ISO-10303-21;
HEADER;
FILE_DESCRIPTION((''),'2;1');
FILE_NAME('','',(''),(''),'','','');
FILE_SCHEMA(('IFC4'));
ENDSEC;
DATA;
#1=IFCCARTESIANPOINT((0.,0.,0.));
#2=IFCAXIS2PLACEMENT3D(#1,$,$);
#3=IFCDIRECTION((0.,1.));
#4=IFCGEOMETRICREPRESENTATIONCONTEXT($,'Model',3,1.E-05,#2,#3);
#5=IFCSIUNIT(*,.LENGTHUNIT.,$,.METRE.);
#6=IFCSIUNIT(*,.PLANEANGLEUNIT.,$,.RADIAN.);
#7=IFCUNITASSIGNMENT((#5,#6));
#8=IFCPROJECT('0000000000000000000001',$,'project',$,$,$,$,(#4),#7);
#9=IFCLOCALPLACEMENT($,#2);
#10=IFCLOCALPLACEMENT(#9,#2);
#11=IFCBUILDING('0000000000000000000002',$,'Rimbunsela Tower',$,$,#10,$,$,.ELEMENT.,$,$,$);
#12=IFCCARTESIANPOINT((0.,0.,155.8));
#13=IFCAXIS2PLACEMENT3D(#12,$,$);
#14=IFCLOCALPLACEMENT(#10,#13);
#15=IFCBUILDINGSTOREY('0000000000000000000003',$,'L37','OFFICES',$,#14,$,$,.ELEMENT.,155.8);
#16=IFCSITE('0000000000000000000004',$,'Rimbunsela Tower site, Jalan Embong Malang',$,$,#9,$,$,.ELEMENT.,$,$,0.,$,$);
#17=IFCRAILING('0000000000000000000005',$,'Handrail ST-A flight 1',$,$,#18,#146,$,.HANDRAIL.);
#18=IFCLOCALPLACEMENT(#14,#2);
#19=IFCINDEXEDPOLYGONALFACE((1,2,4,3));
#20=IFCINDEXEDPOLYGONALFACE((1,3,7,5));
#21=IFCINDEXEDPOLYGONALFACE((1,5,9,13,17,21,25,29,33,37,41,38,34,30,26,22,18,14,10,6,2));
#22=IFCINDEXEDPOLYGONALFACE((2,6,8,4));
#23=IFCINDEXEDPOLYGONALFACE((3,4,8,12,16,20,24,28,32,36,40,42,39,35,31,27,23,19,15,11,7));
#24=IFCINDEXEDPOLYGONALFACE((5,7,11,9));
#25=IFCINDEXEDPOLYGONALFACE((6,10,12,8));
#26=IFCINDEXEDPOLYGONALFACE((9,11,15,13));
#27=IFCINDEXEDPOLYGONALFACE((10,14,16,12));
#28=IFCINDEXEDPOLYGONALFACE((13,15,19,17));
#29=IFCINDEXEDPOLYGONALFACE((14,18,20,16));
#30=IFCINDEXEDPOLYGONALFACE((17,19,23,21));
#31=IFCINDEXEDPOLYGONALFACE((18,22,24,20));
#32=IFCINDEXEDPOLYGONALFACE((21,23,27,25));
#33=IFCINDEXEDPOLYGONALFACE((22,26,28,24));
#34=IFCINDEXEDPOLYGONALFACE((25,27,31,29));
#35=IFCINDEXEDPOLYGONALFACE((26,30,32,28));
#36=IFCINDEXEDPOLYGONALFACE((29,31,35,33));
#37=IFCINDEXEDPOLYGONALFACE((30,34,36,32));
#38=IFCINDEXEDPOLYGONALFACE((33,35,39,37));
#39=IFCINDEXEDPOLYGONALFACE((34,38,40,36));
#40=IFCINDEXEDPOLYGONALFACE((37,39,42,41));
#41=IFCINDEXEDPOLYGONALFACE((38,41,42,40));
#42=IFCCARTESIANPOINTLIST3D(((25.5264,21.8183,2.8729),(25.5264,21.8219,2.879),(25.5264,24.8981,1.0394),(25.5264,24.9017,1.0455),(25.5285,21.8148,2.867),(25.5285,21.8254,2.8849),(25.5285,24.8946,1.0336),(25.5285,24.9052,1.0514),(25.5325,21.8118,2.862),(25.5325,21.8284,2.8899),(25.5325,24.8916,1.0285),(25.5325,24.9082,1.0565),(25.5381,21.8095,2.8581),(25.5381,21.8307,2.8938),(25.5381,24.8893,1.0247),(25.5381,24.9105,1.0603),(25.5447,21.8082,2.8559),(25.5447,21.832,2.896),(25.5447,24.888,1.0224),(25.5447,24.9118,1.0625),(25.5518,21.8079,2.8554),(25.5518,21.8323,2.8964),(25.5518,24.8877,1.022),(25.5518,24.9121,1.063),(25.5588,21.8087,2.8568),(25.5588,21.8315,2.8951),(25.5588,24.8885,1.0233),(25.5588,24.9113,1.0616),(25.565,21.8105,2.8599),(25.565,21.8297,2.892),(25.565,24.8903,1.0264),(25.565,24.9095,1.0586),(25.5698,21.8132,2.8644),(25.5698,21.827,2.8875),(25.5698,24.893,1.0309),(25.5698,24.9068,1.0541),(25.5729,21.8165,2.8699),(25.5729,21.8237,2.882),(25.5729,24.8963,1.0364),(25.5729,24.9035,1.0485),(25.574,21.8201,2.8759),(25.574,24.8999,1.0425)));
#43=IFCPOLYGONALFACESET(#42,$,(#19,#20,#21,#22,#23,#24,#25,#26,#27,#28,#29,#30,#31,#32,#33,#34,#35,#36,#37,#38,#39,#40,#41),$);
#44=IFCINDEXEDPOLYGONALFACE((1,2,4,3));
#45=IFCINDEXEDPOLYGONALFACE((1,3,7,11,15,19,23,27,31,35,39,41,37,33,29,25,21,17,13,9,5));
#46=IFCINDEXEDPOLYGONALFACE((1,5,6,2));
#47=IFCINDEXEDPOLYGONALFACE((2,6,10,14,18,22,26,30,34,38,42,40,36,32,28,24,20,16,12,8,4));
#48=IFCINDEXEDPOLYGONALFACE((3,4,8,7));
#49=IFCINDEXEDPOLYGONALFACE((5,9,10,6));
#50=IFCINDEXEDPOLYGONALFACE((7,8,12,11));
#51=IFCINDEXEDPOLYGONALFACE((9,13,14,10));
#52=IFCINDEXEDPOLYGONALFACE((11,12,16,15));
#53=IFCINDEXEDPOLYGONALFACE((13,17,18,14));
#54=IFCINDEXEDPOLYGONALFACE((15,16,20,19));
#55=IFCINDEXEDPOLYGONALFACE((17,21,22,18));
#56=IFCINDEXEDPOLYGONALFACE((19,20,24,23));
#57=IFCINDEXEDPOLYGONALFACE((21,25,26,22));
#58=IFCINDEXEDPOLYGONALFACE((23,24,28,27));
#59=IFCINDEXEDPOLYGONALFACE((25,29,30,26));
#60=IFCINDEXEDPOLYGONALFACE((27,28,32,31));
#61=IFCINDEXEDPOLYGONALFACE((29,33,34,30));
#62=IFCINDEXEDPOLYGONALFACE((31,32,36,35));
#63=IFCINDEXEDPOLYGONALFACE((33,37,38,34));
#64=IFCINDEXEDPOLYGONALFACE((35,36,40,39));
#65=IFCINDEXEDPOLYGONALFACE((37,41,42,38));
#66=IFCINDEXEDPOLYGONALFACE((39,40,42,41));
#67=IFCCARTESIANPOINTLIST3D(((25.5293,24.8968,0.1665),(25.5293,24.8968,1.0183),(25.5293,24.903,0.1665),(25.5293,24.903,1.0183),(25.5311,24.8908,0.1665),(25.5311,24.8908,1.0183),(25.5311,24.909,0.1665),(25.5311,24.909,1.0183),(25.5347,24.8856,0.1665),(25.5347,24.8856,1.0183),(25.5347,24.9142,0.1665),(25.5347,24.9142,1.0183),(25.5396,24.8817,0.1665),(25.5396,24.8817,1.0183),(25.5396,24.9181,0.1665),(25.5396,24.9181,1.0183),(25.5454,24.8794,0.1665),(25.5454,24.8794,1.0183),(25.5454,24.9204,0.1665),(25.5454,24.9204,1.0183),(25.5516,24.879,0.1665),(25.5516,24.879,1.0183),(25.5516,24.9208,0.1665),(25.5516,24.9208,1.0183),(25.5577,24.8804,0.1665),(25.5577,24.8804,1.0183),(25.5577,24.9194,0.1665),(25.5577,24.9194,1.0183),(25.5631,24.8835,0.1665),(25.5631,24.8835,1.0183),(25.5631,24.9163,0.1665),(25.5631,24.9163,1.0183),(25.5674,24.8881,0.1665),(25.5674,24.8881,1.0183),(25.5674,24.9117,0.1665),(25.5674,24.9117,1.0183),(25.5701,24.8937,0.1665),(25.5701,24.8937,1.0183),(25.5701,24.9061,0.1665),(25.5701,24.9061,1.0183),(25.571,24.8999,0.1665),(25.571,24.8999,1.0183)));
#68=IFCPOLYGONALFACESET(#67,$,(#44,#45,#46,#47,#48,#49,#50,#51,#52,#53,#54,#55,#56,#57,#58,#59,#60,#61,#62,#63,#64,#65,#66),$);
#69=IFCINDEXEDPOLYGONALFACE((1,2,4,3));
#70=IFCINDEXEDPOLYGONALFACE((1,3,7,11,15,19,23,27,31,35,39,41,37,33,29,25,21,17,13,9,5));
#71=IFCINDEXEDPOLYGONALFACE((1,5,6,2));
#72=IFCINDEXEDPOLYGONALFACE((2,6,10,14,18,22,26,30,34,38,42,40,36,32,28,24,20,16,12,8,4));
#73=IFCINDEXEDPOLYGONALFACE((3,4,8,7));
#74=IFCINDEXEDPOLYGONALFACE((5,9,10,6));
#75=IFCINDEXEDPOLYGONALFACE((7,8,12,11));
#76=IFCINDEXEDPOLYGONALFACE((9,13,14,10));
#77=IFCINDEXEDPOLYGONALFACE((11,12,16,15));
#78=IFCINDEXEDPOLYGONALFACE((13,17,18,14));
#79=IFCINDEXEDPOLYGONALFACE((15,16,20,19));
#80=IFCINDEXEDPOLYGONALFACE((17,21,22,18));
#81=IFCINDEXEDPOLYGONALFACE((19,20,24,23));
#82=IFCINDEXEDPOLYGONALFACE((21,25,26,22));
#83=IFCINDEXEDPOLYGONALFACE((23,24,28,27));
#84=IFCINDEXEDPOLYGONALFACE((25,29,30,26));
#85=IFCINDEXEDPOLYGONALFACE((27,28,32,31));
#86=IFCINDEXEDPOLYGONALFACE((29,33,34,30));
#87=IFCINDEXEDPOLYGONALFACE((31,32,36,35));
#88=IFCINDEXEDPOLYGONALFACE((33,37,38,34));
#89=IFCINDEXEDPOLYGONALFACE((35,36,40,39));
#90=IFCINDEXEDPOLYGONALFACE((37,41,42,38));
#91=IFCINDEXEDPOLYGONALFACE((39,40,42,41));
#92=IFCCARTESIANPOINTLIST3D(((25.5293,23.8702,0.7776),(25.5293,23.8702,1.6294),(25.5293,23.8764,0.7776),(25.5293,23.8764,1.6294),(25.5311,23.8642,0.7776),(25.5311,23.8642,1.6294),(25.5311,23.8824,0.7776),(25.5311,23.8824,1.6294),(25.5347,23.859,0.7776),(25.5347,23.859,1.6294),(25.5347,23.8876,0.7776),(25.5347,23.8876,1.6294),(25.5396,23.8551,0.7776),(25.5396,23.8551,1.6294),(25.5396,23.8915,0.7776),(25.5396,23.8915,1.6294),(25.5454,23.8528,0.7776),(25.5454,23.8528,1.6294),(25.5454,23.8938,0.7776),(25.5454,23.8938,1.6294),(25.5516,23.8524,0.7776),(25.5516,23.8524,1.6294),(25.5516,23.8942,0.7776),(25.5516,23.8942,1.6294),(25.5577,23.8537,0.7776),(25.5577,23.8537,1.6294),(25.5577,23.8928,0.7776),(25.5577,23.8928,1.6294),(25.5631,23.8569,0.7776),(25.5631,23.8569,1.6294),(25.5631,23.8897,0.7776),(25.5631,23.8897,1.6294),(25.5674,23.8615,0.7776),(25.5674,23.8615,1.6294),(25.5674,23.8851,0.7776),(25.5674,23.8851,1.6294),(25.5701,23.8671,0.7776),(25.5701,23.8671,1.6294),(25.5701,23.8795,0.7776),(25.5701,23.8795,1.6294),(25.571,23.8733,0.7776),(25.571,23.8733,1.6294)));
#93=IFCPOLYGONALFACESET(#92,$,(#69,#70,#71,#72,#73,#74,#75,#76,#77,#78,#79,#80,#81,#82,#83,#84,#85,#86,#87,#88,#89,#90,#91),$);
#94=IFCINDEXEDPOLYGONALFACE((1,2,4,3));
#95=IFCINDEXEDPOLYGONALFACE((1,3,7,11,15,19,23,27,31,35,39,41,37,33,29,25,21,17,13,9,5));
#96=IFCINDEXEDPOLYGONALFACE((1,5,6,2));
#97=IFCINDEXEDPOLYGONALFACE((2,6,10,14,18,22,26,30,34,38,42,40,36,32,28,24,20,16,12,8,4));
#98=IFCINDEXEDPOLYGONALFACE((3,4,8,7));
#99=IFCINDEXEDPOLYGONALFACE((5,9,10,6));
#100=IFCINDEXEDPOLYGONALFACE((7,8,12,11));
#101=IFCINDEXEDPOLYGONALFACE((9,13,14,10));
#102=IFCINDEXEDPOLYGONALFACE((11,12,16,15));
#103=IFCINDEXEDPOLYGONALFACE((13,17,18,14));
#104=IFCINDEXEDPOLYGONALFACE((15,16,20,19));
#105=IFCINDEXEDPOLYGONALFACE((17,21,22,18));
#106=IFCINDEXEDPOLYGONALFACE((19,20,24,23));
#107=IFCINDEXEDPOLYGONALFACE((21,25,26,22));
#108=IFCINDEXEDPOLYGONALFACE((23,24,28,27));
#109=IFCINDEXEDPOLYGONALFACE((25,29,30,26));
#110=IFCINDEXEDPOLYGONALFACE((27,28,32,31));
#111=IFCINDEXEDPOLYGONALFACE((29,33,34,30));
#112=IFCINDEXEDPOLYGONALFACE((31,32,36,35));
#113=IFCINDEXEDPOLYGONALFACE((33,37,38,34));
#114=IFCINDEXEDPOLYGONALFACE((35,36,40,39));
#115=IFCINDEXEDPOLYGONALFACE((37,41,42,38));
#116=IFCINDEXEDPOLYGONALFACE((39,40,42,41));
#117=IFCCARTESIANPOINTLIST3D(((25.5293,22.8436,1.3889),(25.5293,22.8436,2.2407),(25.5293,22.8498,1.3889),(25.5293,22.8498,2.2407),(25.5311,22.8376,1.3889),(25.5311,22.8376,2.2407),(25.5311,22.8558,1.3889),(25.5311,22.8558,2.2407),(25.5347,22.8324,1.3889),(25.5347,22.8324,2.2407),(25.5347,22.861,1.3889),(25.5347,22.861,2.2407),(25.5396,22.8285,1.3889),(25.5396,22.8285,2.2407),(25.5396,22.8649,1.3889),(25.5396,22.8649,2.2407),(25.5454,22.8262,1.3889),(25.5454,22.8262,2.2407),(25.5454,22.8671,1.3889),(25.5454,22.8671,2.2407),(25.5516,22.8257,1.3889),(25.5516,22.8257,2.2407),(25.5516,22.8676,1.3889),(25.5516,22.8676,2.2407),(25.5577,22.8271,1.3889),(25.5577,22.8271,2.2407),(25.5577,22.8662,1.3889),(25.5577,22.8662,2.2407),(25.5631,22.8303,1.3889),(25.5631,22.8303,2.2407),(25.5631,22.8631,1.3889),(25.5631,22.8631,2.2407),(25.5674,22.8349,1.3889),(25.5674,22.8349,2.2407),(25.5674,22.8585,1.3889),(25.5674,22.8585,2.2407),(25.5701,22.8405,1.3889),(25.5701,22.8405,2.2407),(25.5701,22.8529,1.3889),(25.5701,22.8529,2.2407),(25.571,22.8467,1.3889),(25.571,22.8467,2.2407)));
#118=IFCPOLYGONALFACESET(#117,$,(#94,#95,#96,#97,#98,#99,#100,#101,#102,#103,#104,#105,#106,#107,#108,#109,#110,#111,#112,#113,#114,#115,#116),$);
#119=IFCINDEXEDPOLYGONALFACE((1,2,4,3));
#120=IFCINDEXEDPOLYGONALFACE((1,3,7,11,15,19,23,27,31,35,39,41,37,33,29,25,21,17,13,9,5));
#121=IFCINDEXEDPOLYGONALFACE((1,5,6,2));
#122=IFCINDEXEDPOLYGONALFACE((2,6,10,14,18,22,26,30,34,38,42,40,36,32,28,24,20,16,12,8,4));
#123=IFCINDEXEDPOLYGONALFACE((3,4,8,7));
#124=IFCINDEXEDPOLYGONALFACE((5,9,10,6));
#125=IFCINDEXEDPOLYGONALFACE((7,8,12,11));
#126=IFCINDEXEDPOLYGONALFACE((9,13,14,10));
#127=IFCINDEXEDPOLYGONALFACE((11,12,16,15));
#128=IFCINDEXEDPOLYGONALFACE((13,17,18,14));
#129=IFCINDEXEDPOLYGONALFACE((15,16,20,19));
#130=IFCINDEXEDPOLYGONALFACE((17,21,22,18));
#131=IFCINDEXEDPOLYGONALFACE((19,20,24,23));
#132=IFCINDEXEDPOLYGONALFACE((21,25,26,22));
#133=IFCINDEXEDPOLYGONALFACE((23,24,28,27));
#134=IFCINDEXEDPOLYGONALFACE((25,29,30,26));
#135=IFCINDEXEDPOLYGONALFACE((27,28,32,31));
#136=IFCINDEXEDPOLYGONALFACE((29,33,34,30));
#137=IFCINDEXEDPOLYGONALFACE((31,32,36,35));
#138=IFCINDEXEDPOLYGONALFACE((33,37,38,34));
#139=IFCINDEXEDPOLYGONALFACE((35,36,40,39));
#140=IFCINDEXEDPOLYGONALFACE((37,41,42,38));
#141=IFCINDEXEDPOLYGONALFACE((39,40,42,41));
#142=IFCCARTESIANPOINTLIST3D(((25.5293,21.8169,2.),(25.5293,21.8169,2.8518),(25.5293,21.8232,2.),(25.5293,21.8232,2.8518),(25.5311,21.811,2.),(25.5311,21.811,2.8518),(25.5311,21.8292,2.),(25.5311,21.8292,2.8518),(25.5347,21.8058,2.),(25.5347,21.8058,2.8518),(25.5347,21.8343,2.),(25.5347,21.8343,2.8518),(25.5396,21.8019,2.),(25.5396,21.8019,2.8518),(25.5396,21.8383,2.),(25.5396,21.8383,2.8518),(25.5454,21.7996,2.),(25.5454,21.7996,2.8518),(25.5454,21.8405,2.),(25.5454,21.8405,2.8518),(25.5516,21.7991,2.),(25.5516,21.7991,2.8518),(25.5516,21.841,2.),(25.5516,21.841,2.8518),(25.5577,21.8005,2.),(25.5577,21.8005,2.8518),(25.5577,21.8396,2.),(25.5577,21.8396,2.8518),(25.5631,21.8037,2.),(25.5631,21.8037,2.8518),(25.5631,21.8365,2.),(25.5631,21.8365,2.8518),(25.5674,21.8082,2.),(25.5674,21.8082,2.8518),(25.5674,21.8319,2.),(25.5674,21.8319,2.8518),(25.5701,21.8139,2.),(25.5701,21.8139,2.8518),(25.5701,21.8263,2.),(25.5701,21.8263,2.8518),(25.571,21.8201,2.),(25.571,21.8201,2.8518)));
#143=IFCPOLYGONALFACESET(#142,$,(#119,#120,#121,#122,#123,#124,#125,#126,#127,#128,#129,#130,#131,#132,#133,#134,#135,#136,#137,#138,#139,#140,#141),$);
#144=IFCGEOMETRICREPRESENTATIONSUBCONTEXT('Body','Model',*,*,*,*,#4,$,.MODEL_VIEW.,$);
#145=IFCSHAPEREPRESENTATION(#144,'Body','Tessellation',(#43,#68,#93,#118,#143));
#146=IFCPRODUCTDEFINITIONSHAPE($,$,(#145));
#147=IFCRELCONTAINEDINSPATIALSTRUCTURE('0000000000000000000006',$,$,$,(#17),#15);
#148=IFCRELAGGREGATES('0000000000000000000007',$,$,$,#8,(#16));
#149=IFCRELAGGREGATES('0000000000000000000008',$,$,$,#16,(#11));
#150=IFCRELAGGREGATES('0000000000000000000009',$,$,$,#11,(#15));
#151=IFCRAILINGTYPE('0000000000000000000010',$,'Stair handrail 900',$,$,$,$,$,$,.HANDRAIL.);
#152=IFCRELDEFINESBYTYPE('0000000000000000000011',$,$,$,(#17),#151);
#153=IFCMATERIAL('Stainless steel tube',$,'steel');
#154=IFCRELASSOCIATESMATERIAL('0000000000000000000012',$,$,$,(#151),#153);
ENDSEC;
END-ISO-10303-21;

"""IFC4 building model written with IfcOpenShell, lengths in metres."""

from ifc_helpers import new_model, si_unit, direction, frame, origin, origin_2d, place, context, subcontext, project, spatial, circle, extrude, material, type_object, element, save


model = new_model("IFC4")

# Units and contexts
model_context = context("Model", 3, precision=1e-05, world=origin(), true_north=direction((0.0, 1.0)))
body_context = subcontext(model_context, "Body", "Model", "MODEL_VIEW")
ifc_project = project(units=[si_unit("LENGTHUNIT", "METRE"), si_unit("PLANEANGLEUNIT", "RADIAN")], contexts=[model_context])

# Site, building, storey
site_placement = place(None, origin())
site = spatial("IfcSite", under=ifc_project, at=site_placement, Name="Rimbunsela Tower site, Jalan Embong Malang", CompositionType="ELEMENT", RefElevation=0.0)
building_placement = place(site_placement, origin())
building = spatial("IfcBuilding", under=site, at=building_placement, Name="Rimbunsela Tower", CompositionType="ELEMENT")
storey_placement = place(building_placement, frame((0.0, 0.0, 155.8)))
storey = spatial("IfcBuildingStorey", under=building, at=storey_placement, Name="L37", Description="OFFICES", CompositionType="ELEMENT", Elevation=155.8)

# Railing
ifc_material_1 = material(Name="Stainless steel tube", Category="steel")
railing_type = type_object("IfcRailingType", Name="Stair handrail 900", PredefinedType="HANDRAIL", material=ifc_material_1)
railing_placement = place(storey_placement, frame((25.55, 24.8999, 0.1665)))
element("IfcRailing", 1, at=railing_placement, inside=storey, type_object=railing_type, Name="Handrail ST-A flight 1", PredefinedType="HANDRAIL", context=body_context, shape_type="SweptSolid", body=[
    extrude(circle(Radius=0.0239, at=origin_2d()), frame((0.0, 0.0, 0.876), z_axis=(0.0, -0.859261, 0.511538), x_axis=(1.0, 0.0, 0.0)), (0.0, 0.0, 1.0), 3.5842),
    extrude(circle(Radius=0.021, at=origin_2d()), origin(), (0.0, 0.0, 1.0), 0.8518),
    extrude(circle(Radius=0.021, at=origin_2d()), frame((0.0, -1.0266, 0.6111)), (0.0, 0.0, 1.0), 0.8518),
    extrude(circle(Radius=0.021, at=origin_2d()), frame((0.0, -2.0532, 1.2224)), (0.0, 0.0, 1.0), 0.8518),
    extrude(circle(Radius=0.021, at=origin_2d()), frame((0.0, -3.0798, 1.8335)), (0.0, 0.0, 1.0), 0.8518),
])

save(model, "model.ifc")
